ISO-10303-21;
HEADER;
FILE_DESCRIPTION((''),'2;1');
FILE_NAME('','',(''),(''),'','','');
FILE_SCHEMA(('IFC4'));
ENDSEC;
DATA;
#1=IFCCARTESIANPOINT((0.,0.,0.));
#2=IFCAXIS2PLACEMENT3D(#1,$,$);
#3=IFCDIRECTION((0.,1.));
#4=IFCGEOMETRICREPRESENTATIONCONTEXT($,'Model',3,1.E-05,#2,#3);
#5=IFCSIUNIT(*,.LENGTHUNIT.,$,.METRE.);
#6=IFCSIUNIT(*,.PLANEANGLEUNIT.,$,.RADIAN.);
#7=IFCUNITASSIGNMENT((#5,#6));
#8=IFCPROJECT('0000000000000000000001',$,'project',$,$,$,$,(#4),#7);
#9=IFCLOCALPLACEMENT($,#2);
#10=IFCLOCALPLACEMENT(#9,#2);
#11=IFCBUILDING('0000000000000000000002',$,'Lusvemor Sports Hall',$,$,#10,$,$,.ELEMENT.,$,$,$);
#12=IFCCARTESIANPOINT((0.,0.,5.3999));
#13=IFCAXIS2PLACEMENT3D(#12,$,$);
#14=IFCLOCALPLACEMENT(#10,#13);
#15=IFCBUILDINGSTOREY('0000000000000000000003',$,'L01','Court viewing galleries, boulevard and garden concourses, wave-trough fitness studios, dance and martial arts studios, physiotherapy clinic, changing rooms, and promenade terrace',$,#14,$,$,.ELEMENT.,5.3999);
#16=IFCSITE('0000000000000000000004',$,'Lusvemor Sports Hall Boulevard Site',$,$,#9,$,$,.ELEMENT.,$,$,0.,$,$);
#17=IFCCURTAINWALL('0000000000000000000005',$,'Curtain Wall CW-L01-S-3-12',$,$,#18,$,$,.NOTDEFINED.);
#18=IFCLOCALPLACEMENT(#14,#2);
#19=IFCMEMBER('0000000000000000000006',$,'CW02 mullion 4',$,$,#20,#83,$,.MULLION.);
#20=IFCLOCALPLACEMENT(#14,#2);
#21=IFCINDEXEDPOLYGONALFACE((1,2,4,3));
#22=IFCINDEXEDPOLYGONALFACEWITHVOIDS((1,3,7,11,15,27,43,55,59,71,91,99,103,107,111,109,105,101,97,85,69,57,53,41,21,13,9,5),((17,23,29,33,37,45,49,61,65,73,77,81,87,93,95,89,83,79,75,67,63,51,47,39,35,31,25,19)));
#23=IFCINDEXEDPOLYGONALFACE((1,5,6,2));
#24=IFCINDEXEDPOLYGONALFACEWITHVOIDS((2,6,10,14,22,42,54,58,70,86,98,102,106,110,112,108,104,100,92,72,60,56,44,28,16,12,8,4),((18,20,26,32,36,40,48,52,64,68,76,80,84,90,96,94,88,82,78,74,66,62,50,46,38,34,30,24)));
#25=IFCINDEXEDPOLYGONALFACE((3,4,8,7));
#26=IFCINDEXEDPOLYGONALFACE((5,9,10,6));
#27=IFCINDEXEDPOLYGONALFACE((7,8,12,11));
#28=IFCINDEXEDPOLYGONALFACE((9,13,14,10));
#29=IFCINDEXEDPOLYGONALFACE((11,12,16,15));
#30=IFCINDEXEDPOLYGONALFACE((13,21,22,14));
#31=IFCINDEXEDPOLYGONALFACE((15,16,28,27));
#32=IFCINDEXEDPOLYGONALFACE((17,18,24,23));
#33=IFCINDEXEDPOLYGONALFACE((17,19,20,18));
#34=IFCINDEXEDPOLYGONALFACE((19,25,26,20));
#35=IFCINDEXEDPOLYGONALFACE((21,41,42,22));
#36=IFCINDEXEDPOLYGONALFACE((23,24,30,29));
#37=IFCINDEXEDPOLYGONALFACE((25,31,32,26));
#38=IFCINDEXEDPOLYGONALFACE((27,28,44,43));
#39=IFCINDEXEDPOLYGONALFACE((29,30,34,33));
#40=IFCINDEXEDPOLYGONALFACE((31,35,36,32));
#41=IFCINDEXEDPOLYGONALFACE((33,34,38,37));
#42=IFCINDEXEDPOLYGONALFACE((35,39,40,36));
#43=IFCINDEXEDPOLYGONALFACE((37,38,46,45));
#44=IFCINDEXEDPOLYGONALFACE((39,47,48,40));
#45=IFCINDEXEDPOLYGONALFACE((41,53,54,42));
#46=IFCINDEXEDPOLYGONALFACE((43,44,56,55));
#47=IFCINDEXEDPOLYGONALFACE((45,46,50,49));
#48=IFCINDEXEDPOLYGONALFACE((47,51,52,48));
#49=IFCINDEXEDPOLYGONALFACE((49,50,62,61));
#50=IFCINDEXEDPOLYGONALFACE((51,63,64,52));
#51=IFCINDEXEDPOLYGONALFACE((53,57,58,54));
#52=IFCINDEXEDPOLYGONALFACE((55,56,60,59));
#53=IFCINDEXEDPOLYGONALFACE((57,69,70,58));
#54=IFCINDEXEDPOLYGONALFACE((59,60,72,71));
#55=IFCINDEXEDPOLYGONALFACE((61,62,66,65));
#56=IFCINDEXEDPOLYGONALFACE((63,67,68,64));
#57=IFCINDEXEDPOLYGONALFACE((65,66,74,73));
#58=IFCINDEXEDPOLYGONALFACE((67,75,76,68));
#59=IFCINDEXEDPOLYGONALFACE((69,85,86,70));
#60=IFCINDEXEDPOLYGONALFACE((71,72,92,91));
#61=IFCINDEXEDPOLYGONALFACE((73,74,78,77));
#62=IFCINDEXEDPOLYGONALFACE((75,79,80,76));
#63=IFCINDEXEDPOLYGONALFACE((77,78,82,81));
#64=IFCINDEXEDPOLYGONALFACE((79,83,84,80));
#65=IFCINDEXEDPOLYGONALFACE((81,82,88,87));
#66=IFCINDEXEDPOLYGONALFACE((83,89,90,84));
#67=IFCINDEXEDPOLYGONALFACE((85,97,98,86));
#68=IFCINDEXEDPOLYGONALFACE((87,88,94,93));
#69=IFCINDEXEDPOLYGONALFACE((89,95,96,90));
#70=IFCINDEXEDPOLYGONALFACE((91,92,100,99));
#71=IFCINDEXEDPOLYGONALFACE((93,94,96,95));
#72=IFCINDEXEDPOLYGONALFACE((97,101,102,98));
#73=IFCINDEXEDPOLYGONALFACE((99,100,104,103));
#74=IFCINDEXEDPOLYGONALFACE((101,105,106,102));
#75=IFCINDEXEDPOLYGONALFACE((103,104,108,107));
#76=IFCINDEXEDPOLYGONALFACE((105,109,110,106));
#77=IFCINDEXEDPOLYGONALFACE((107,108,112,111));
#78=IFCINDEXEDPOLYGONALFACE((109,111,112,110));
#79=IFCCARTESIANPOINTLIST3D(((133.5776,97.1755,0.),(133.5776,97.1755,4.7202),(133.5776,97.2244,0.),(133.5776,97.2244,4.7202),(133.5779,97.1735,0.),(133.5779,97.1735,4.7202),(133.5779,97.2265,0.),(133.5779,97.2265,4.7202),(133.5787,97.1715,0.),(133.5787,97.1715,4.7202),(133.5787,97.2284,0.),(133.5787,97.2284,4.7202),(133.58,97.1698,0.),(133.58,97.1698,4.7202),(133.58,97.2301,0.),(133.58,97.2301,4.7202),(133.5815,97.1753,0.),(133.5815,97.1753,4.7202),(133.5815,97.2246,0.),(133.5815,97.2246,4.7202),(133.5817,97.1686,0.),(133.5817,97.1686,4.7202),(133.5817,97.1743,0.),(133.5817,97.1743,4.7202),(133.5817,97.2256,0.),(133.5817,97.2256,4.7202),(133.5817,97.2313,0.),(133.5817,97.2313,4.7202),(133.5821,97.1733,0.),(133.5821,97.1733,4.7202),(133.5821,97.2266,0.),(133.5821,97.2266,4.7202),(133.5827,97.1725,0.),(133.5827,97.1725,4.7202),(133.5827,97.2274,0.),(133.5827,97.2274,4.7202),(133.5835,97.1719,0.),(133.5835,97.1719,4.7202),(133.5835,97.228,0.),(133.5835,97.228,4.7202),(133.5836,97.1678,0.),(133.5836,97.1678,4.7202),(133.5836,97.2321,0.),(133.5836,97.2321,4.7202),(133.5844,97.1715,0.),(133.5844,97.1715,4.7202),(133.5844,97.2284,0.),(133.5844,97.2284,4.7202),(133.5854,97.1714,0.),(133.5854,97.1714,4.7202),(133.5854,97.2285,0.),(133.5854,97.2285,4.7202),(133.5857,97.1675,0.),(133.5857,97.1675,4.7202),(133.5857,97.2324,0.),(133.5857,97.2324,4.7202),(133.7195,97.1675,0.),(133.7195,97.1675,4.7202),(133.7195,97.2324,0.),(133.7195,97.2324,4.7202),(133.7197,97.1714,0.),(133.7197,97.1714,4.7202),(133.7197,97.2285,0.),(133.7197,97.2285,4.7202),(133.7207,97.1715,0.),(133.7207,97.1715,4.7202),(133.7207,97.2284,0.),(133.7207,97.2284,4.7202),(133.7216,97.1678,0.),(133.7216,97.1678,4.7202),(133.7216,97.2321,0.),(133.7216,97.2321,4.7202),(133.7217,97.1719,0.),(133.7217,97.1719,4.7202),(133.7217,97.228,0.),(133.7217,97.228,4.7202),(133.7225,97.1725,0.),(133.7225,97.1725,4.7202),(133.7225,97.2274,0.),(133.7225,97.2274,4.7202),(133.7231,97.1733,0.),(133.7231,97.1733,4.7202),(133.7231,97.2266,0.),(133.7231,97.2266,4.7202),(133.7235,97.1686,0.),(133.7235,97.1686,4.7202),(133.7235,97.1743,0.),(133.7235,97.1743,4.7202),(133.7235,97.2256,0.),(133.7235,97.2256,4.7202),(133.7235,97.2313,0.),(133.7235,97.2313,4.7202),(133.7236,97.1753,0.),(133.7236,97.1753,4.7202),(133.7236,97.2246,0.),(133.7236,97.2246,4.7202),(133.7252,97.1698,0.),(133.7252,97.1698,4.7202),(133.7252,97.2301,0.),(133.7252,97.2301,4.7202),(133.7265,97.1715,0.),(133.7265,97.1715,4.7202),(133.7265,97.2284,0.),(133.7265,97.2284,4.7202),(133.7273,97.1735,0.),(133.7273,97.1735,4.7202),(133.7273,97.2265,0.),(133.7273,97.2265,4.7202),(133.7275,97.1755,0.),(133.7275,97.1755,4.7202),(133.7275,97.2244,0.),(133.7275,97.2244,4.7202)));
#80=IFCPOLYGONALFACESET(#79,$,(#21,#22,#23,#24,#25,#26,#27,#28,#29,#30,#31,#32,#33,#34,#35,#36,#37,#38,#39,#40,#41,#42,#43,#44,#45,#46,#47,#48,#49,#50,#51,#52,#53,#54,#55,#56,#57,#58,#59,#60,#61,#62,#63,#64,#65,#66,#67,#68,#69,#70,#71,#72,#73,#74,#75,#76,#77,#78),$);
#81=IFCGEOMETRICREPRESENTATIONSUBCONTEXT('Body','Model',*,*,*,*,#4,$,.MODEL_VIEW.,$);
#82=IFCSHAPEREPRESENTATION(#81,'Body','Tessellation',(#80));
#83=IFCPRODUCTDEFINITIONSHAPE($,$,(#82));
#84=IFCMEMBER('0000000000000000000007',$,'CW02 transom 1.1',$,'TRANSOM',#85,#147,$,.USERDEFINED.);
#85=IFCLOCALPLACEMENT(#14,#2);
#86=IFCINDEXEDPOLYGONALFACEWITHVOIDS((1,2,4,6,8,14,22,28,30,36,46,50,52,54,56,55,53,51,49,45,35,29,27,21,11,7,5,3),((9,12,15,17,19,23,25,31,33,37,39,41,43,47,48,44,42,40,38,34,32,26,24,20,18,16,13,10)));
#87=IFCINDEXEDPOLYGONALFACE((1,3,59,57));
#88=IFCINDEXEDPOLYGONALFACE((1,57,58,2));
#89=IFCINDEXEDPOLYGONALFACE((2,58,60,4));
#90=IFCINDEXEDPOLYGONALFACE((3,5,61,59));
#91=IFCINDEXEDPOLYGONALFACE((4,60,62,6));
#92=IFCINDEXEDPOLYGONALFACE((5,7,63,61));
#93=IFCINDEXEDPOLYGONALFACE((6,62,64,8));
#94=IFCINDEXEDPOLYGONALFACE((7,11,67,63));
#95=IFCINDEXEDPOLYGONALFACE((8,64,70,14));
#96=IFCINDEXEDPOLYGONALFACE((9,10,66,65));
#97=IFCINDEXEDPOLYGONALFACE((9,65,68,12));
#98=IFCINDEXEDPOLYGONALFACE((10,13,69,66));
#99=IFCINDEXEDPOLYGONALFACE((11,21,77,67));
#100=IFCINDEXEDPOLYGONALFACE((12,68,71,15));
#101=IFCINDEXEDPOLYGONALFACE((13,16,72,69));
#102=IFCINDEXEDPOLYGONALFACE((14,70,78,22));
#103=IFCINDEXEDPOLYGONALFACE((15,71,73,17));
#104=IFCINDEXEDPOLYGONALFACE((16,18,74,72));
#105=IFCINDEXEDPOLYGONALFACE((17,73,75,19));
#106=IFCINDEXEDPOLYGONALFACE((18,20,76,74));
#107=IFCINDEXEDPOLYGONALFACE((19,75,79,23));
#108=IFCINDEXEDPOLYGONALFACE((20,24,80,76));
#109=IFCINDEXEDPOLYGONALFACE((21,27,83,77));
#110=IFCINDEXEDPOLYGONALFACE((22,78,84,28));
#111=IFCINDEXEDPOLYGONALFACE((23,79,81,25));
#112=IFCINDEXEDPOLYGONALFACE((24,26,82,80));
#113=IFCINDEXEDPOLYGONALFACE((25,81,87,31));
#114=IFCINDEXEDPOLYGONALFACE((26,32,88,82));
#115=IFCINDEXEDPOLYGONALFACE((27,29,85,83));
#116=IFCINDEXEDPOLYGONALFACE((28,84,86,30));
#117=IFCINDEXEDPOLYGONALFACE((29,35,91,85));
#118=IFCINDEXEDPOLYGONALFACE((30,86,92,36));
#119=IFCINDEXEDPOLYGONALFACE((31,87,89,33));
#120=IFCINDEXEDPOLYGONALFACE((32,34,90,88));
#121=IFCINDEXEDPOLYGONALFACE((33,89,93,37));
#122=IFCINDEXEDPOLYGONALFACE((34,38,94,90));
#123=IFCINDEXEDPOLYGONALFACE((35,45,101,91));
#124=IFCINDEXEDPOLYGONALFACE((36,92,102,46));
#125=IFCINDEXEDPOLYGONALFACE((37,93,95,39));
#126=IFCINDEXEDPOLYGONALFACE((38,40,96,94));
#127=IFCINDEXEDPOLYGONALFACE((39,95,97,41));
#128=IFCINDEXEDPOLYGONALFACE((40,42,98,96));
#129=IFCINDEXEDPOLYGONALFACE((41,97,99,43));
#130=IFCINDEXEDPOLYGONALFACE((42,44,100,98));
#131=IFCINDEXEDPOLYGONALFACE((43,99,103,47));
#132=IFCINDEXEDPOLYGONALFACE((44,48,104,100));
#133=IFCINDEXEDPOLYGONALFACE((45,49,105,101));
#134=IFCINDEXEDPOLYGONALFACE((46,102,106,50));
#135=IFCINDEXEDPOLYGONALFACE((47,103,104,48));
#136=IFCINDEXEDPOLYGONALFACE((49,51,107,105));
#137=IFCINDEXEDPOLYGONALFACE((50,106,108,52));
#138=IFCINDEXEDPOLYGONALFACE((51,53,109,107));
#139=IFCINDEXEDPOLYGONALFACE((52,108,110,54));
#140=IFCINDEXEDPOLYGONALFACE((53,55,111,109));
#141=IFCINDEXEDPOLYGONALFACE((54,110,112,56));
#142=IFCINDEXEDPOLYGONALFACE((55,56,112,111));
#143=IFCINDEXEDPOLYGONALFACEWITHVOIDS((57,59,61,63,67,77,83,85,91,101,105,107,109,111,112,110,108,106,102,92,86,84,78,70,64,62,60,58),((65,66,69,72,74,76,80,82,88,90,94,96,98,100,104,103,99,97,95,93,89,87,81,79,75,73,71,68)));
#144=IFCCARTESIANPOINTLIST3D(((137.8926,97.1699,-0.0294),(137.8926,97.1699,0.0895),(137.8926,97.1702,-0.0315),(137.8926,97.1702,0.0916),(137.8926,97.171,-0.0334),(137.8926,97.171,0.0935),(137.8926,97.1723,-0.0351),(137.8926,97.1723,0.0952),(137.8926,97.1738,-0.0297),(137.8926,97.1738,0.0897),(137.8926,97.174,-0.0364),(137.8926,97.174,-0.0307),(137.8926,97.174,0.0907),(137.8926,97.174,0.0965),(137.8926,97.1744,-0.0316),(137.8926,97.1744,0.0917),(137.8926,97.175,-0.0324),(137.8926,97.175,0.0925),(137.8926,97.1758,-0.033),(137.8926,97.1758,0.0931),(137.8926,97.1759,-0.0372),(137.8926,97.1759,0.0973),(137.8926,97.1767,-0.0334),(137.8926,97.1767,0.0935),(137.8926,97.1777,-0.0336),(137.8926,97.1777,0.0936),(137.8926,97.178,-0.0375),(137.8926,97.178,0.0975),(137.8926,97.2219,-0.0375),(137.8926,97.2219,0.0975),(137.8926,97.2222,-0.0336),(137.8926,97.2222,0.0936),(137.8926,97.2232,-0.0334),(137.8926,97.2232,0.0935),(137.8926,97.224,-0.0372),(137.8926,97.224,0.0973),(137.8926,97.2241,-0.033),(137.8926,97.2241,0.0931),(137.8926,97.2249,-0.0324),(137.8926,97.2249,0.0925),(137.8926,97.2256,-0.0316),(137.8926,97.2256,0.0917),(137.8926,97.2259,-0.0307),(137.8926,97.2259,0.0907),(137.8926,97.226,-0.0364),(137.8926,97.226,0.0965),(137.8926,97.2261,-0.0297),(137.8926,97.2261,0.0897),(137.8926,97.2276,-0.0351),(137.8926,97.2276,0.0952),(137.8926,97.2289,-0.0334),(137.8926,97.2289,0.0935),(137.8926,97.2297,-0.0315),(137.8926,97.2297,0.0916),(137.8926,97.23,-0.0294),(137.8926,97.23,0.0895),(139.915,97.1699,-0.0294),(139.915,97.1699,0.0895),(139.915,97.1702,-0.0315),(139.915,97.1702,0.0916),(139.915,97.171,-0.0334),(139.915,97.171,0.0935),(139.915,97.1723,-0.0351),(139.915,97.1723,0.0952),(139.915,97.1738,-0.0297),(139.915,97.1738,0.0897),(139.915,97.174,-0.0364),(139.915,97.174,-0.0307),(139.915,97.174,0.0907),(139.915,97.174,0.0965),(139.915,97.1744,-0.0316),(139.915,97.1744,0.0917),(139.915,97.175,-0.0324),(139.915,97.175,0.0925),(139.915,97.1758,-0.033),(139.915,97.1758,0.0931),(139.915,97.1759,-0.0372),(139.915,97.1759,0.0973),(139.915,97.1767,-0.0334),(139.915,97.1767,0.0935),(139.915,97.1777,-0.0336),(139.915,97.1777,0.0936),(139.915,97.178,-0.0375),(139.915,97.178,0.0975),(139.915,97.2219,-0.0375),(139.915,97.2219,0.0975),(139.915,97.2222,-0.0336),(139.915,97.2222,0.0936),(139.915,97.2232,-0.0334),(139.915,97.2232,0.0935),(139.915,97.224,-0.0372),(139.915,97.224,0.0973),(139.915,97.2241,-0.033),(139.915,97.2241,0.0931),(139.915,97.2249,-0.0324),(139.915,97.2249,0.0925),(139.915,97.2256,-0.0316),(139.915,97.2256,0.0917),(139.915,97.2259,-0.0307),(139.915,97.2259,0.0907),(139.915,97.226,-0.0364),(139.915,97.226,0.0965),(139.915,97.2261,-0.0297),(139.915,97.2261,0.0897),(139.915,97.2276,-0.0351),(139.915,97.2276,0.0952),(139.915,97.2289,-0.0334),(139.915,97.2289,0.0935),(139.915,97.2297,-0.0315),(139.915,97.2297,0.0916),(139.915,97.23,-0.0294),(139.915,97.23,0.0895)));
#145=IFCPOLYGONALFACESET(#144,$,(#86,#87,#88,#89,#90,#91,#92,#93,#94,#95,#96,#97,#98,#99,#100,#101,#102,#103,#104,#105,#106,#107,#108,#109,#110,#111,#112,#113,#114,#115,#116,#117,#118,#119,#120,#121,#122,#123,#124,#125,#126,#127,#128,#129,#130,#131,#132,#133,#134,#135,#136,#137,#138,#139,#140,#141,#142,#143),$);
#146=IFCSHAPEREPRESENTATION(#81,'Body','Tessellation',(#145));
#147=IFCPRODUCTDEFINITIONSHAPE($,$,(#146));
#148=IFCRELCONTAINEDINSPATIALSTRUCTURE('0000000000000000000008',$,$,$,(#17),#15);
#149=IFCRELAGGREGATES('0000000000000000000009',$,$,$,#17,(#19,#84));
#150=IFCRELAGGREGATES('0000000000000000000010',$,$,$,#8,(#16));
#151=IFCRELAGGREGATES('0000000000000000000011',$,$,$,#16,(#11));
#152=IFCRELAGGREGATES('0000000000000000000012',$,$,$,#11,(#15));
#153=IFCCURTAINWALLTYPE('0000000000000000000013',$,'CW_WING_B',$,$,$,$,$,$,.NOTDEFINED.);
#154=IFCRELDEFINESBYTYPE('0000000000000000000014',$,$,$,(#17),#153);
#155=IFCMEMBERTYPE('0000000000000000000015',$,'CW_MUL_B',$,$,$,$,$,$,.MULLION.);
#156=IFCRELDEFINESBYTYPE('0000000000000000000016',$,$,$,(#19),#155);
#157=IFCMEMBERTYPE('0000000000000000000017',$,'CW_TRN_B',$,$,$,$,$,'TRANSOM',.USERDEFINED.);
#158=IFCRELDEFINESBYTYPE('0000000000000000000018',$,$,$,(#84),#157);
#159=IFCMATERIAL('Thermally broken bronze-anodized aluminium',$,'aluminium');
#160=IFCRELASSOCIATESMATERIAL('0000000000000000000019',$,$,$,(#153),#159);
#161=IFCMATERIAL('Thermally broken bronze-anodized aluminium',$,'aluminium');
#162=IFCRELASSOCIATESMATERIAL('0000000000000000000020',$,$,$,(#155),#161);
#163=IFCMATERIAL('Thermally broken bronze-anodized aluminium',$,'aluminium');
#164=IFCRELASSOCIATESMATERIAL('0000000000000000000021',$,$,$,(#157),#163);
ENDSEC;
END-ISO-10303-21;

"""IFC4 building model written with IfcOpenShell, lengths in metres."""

from ifc_helpers import new_model, si_unit, direction, frame, origin, origin_2d, place, context, subcontext, project, spatial, hollow_rectangle, extrude, material, material_profile, profile_set, type_object, element, aggregate, save


model = new_model("IFC4")

# Units and contexts
model_context = context("Model", 3, precision=1e-05, world=origin(), true_north=direction((0.0, 1.0)))
body_context = subcontext(model_context, "Body", "Model", "MODEL_VIEW")
ifc_project = project(units=[si_unit("LENGTHUNIT", "METRE"), si_unit("PLANEANGLEUNIT", "RADIAN")], contexts=[model_context])

# Site, building, storey
site_placement = place(None, origin())
site = spatial("IfcSite", under=ifc_project, at=site_placement, Name="Lusvemor Sports Hall Boulevard Site", CompositionType="ELEMENT", RefElevation=0.0)
building_placement = place(site_placement, origin())
building = spatial("IfcBuilding", under=site, at=building_placement, Name="Lusvemor Sports Hall", CompositionType="ELEMENT")
storey_placement = place(building_placement, frame((0.0, 0.0, 5.3999)))
storey = spatial("IfcBuildingStorey", under=building, at=storey_placement, Name="L01", Description="Court viewing galleries, boulevard and garden concourses, wave-trough fitness studios, dance and martial arts studios, physiotherapy clinic, changing rooms, and promenade terrace", CompositionType="ELEMENT", Elevation=5.3999)

# Curtain wall, members
ifc_material_1 = material(Name="Thermally broken bronze-anodized aluminium", Category="aluminium")
curtain_wall_type = type_object("IfcCurtainWallType", Name="CW_WING_B", PredefinedType="NOTDEFINED", material=ifc_material_1)
curtain_wall_placement = place(storey_placement, origin())
curtain_wall = element("IfcCurtainWall", 1, at=curtain_wall_placement, inside=storey, type_object=curtain_wall_type, Name="Curtain Wall CW-L01-S-3-12", PredefinedType="NOTDEFINED")
ifc_material_2 = material(Name="Thermally broken bronze-anodized aluminium", Category="aluminium")
ifc_material_profile_1 = material_profile(ifc_material_2, hollow_rectangle(XDim=0.0649, YDim=0.1499, WallThickness=0.0039, InnerFilletRadius=0.0039, OuterFilletRadius=0.0081, at=origin_2d()), Name="CWMUL150x65x4")
ifc_profile_set_1 = profile_set([ifc_material_profile_1], Name="Thermally broken bronze-anodized aluminium")
member_type_1 = type_object("IfcMemberType", Name="CW_MUL_B", PredefinedType="MULLION", material=ifc_profile_set_1)
member_1_placement = place(storey_placement, frame((133.6526, 97.2, 0.0), z_axis=(0.0, 0.0, 1.0), x_axis=(0.0, -1.0, 0.0)))
member_1 = element("IfcMember", 2, at=member_1_placement, type_object=member_type_1, Name="CW02 mullion 4", PredefinedType="MULLION", context=body_context, shape_type="SweptSolid", body=[
    extrude(hollow_rectangle(XDim=0.0649, YDim=0.1499, WallThickness=0.0039, InnerFilletRadius=0.0039, OuterFilletRadius=0.0081, at=origin_2d()), origin(), (0.0, 0.0, 1.0), 4.7202),
])
ifc_material_3 = material(Name="Thermally broken bronze-anodized aluminium", Category="aluminium")
ifc_material_profile_2 = material_profile(ifc_material_3, hollow_rectangle(XDim=0.0601, YDim=0.135, WallThickness=0.0039, InnerFilletRadius=0.0039, OuterFilletRadius=0.0081, at=origin_2d()), Name="CWTRN135x60x4")
ifc_profile_set_2 = profile_set([ifc_material_profile_2], Name="Thermally broken bronze-anodized aluminium")
member_type_2 = type_object("IfcMemberType", Name="CW_TRN_B", ElementType="TRANSOM", PredefinedType="USERDEFINED", material=ifc_profile_set_2)
member_2_placement = place(storey_placement, frame((139.915, 97.2, 0.03), z_axis=(-1.0, 0.0, 0.0), x_axis=(0.0, -1.0, 0.0)))
member_2 = element("IfcMember", 3, at=member_2_placement, type_object=member_type_2, Name="CW02 transom 1.1", ObjectType="TRANSOM", PredefinedType="USERDEFINED", context=body_context, shape_type="SweptSolid", body=[
    extrude(hollow_rectangle(XDim=0.0601, YDim=0.135, WallThickness=0.0039, InnerFilletRadius=0.0039, OuterFilletRadius=0.0081, at=origin_2d()), origin(), (0.0, 0.0, 1.0), 2.0225),
])

aggregate(curtain_wall, [member_1, member_2])

save(model, "model.ifc")
